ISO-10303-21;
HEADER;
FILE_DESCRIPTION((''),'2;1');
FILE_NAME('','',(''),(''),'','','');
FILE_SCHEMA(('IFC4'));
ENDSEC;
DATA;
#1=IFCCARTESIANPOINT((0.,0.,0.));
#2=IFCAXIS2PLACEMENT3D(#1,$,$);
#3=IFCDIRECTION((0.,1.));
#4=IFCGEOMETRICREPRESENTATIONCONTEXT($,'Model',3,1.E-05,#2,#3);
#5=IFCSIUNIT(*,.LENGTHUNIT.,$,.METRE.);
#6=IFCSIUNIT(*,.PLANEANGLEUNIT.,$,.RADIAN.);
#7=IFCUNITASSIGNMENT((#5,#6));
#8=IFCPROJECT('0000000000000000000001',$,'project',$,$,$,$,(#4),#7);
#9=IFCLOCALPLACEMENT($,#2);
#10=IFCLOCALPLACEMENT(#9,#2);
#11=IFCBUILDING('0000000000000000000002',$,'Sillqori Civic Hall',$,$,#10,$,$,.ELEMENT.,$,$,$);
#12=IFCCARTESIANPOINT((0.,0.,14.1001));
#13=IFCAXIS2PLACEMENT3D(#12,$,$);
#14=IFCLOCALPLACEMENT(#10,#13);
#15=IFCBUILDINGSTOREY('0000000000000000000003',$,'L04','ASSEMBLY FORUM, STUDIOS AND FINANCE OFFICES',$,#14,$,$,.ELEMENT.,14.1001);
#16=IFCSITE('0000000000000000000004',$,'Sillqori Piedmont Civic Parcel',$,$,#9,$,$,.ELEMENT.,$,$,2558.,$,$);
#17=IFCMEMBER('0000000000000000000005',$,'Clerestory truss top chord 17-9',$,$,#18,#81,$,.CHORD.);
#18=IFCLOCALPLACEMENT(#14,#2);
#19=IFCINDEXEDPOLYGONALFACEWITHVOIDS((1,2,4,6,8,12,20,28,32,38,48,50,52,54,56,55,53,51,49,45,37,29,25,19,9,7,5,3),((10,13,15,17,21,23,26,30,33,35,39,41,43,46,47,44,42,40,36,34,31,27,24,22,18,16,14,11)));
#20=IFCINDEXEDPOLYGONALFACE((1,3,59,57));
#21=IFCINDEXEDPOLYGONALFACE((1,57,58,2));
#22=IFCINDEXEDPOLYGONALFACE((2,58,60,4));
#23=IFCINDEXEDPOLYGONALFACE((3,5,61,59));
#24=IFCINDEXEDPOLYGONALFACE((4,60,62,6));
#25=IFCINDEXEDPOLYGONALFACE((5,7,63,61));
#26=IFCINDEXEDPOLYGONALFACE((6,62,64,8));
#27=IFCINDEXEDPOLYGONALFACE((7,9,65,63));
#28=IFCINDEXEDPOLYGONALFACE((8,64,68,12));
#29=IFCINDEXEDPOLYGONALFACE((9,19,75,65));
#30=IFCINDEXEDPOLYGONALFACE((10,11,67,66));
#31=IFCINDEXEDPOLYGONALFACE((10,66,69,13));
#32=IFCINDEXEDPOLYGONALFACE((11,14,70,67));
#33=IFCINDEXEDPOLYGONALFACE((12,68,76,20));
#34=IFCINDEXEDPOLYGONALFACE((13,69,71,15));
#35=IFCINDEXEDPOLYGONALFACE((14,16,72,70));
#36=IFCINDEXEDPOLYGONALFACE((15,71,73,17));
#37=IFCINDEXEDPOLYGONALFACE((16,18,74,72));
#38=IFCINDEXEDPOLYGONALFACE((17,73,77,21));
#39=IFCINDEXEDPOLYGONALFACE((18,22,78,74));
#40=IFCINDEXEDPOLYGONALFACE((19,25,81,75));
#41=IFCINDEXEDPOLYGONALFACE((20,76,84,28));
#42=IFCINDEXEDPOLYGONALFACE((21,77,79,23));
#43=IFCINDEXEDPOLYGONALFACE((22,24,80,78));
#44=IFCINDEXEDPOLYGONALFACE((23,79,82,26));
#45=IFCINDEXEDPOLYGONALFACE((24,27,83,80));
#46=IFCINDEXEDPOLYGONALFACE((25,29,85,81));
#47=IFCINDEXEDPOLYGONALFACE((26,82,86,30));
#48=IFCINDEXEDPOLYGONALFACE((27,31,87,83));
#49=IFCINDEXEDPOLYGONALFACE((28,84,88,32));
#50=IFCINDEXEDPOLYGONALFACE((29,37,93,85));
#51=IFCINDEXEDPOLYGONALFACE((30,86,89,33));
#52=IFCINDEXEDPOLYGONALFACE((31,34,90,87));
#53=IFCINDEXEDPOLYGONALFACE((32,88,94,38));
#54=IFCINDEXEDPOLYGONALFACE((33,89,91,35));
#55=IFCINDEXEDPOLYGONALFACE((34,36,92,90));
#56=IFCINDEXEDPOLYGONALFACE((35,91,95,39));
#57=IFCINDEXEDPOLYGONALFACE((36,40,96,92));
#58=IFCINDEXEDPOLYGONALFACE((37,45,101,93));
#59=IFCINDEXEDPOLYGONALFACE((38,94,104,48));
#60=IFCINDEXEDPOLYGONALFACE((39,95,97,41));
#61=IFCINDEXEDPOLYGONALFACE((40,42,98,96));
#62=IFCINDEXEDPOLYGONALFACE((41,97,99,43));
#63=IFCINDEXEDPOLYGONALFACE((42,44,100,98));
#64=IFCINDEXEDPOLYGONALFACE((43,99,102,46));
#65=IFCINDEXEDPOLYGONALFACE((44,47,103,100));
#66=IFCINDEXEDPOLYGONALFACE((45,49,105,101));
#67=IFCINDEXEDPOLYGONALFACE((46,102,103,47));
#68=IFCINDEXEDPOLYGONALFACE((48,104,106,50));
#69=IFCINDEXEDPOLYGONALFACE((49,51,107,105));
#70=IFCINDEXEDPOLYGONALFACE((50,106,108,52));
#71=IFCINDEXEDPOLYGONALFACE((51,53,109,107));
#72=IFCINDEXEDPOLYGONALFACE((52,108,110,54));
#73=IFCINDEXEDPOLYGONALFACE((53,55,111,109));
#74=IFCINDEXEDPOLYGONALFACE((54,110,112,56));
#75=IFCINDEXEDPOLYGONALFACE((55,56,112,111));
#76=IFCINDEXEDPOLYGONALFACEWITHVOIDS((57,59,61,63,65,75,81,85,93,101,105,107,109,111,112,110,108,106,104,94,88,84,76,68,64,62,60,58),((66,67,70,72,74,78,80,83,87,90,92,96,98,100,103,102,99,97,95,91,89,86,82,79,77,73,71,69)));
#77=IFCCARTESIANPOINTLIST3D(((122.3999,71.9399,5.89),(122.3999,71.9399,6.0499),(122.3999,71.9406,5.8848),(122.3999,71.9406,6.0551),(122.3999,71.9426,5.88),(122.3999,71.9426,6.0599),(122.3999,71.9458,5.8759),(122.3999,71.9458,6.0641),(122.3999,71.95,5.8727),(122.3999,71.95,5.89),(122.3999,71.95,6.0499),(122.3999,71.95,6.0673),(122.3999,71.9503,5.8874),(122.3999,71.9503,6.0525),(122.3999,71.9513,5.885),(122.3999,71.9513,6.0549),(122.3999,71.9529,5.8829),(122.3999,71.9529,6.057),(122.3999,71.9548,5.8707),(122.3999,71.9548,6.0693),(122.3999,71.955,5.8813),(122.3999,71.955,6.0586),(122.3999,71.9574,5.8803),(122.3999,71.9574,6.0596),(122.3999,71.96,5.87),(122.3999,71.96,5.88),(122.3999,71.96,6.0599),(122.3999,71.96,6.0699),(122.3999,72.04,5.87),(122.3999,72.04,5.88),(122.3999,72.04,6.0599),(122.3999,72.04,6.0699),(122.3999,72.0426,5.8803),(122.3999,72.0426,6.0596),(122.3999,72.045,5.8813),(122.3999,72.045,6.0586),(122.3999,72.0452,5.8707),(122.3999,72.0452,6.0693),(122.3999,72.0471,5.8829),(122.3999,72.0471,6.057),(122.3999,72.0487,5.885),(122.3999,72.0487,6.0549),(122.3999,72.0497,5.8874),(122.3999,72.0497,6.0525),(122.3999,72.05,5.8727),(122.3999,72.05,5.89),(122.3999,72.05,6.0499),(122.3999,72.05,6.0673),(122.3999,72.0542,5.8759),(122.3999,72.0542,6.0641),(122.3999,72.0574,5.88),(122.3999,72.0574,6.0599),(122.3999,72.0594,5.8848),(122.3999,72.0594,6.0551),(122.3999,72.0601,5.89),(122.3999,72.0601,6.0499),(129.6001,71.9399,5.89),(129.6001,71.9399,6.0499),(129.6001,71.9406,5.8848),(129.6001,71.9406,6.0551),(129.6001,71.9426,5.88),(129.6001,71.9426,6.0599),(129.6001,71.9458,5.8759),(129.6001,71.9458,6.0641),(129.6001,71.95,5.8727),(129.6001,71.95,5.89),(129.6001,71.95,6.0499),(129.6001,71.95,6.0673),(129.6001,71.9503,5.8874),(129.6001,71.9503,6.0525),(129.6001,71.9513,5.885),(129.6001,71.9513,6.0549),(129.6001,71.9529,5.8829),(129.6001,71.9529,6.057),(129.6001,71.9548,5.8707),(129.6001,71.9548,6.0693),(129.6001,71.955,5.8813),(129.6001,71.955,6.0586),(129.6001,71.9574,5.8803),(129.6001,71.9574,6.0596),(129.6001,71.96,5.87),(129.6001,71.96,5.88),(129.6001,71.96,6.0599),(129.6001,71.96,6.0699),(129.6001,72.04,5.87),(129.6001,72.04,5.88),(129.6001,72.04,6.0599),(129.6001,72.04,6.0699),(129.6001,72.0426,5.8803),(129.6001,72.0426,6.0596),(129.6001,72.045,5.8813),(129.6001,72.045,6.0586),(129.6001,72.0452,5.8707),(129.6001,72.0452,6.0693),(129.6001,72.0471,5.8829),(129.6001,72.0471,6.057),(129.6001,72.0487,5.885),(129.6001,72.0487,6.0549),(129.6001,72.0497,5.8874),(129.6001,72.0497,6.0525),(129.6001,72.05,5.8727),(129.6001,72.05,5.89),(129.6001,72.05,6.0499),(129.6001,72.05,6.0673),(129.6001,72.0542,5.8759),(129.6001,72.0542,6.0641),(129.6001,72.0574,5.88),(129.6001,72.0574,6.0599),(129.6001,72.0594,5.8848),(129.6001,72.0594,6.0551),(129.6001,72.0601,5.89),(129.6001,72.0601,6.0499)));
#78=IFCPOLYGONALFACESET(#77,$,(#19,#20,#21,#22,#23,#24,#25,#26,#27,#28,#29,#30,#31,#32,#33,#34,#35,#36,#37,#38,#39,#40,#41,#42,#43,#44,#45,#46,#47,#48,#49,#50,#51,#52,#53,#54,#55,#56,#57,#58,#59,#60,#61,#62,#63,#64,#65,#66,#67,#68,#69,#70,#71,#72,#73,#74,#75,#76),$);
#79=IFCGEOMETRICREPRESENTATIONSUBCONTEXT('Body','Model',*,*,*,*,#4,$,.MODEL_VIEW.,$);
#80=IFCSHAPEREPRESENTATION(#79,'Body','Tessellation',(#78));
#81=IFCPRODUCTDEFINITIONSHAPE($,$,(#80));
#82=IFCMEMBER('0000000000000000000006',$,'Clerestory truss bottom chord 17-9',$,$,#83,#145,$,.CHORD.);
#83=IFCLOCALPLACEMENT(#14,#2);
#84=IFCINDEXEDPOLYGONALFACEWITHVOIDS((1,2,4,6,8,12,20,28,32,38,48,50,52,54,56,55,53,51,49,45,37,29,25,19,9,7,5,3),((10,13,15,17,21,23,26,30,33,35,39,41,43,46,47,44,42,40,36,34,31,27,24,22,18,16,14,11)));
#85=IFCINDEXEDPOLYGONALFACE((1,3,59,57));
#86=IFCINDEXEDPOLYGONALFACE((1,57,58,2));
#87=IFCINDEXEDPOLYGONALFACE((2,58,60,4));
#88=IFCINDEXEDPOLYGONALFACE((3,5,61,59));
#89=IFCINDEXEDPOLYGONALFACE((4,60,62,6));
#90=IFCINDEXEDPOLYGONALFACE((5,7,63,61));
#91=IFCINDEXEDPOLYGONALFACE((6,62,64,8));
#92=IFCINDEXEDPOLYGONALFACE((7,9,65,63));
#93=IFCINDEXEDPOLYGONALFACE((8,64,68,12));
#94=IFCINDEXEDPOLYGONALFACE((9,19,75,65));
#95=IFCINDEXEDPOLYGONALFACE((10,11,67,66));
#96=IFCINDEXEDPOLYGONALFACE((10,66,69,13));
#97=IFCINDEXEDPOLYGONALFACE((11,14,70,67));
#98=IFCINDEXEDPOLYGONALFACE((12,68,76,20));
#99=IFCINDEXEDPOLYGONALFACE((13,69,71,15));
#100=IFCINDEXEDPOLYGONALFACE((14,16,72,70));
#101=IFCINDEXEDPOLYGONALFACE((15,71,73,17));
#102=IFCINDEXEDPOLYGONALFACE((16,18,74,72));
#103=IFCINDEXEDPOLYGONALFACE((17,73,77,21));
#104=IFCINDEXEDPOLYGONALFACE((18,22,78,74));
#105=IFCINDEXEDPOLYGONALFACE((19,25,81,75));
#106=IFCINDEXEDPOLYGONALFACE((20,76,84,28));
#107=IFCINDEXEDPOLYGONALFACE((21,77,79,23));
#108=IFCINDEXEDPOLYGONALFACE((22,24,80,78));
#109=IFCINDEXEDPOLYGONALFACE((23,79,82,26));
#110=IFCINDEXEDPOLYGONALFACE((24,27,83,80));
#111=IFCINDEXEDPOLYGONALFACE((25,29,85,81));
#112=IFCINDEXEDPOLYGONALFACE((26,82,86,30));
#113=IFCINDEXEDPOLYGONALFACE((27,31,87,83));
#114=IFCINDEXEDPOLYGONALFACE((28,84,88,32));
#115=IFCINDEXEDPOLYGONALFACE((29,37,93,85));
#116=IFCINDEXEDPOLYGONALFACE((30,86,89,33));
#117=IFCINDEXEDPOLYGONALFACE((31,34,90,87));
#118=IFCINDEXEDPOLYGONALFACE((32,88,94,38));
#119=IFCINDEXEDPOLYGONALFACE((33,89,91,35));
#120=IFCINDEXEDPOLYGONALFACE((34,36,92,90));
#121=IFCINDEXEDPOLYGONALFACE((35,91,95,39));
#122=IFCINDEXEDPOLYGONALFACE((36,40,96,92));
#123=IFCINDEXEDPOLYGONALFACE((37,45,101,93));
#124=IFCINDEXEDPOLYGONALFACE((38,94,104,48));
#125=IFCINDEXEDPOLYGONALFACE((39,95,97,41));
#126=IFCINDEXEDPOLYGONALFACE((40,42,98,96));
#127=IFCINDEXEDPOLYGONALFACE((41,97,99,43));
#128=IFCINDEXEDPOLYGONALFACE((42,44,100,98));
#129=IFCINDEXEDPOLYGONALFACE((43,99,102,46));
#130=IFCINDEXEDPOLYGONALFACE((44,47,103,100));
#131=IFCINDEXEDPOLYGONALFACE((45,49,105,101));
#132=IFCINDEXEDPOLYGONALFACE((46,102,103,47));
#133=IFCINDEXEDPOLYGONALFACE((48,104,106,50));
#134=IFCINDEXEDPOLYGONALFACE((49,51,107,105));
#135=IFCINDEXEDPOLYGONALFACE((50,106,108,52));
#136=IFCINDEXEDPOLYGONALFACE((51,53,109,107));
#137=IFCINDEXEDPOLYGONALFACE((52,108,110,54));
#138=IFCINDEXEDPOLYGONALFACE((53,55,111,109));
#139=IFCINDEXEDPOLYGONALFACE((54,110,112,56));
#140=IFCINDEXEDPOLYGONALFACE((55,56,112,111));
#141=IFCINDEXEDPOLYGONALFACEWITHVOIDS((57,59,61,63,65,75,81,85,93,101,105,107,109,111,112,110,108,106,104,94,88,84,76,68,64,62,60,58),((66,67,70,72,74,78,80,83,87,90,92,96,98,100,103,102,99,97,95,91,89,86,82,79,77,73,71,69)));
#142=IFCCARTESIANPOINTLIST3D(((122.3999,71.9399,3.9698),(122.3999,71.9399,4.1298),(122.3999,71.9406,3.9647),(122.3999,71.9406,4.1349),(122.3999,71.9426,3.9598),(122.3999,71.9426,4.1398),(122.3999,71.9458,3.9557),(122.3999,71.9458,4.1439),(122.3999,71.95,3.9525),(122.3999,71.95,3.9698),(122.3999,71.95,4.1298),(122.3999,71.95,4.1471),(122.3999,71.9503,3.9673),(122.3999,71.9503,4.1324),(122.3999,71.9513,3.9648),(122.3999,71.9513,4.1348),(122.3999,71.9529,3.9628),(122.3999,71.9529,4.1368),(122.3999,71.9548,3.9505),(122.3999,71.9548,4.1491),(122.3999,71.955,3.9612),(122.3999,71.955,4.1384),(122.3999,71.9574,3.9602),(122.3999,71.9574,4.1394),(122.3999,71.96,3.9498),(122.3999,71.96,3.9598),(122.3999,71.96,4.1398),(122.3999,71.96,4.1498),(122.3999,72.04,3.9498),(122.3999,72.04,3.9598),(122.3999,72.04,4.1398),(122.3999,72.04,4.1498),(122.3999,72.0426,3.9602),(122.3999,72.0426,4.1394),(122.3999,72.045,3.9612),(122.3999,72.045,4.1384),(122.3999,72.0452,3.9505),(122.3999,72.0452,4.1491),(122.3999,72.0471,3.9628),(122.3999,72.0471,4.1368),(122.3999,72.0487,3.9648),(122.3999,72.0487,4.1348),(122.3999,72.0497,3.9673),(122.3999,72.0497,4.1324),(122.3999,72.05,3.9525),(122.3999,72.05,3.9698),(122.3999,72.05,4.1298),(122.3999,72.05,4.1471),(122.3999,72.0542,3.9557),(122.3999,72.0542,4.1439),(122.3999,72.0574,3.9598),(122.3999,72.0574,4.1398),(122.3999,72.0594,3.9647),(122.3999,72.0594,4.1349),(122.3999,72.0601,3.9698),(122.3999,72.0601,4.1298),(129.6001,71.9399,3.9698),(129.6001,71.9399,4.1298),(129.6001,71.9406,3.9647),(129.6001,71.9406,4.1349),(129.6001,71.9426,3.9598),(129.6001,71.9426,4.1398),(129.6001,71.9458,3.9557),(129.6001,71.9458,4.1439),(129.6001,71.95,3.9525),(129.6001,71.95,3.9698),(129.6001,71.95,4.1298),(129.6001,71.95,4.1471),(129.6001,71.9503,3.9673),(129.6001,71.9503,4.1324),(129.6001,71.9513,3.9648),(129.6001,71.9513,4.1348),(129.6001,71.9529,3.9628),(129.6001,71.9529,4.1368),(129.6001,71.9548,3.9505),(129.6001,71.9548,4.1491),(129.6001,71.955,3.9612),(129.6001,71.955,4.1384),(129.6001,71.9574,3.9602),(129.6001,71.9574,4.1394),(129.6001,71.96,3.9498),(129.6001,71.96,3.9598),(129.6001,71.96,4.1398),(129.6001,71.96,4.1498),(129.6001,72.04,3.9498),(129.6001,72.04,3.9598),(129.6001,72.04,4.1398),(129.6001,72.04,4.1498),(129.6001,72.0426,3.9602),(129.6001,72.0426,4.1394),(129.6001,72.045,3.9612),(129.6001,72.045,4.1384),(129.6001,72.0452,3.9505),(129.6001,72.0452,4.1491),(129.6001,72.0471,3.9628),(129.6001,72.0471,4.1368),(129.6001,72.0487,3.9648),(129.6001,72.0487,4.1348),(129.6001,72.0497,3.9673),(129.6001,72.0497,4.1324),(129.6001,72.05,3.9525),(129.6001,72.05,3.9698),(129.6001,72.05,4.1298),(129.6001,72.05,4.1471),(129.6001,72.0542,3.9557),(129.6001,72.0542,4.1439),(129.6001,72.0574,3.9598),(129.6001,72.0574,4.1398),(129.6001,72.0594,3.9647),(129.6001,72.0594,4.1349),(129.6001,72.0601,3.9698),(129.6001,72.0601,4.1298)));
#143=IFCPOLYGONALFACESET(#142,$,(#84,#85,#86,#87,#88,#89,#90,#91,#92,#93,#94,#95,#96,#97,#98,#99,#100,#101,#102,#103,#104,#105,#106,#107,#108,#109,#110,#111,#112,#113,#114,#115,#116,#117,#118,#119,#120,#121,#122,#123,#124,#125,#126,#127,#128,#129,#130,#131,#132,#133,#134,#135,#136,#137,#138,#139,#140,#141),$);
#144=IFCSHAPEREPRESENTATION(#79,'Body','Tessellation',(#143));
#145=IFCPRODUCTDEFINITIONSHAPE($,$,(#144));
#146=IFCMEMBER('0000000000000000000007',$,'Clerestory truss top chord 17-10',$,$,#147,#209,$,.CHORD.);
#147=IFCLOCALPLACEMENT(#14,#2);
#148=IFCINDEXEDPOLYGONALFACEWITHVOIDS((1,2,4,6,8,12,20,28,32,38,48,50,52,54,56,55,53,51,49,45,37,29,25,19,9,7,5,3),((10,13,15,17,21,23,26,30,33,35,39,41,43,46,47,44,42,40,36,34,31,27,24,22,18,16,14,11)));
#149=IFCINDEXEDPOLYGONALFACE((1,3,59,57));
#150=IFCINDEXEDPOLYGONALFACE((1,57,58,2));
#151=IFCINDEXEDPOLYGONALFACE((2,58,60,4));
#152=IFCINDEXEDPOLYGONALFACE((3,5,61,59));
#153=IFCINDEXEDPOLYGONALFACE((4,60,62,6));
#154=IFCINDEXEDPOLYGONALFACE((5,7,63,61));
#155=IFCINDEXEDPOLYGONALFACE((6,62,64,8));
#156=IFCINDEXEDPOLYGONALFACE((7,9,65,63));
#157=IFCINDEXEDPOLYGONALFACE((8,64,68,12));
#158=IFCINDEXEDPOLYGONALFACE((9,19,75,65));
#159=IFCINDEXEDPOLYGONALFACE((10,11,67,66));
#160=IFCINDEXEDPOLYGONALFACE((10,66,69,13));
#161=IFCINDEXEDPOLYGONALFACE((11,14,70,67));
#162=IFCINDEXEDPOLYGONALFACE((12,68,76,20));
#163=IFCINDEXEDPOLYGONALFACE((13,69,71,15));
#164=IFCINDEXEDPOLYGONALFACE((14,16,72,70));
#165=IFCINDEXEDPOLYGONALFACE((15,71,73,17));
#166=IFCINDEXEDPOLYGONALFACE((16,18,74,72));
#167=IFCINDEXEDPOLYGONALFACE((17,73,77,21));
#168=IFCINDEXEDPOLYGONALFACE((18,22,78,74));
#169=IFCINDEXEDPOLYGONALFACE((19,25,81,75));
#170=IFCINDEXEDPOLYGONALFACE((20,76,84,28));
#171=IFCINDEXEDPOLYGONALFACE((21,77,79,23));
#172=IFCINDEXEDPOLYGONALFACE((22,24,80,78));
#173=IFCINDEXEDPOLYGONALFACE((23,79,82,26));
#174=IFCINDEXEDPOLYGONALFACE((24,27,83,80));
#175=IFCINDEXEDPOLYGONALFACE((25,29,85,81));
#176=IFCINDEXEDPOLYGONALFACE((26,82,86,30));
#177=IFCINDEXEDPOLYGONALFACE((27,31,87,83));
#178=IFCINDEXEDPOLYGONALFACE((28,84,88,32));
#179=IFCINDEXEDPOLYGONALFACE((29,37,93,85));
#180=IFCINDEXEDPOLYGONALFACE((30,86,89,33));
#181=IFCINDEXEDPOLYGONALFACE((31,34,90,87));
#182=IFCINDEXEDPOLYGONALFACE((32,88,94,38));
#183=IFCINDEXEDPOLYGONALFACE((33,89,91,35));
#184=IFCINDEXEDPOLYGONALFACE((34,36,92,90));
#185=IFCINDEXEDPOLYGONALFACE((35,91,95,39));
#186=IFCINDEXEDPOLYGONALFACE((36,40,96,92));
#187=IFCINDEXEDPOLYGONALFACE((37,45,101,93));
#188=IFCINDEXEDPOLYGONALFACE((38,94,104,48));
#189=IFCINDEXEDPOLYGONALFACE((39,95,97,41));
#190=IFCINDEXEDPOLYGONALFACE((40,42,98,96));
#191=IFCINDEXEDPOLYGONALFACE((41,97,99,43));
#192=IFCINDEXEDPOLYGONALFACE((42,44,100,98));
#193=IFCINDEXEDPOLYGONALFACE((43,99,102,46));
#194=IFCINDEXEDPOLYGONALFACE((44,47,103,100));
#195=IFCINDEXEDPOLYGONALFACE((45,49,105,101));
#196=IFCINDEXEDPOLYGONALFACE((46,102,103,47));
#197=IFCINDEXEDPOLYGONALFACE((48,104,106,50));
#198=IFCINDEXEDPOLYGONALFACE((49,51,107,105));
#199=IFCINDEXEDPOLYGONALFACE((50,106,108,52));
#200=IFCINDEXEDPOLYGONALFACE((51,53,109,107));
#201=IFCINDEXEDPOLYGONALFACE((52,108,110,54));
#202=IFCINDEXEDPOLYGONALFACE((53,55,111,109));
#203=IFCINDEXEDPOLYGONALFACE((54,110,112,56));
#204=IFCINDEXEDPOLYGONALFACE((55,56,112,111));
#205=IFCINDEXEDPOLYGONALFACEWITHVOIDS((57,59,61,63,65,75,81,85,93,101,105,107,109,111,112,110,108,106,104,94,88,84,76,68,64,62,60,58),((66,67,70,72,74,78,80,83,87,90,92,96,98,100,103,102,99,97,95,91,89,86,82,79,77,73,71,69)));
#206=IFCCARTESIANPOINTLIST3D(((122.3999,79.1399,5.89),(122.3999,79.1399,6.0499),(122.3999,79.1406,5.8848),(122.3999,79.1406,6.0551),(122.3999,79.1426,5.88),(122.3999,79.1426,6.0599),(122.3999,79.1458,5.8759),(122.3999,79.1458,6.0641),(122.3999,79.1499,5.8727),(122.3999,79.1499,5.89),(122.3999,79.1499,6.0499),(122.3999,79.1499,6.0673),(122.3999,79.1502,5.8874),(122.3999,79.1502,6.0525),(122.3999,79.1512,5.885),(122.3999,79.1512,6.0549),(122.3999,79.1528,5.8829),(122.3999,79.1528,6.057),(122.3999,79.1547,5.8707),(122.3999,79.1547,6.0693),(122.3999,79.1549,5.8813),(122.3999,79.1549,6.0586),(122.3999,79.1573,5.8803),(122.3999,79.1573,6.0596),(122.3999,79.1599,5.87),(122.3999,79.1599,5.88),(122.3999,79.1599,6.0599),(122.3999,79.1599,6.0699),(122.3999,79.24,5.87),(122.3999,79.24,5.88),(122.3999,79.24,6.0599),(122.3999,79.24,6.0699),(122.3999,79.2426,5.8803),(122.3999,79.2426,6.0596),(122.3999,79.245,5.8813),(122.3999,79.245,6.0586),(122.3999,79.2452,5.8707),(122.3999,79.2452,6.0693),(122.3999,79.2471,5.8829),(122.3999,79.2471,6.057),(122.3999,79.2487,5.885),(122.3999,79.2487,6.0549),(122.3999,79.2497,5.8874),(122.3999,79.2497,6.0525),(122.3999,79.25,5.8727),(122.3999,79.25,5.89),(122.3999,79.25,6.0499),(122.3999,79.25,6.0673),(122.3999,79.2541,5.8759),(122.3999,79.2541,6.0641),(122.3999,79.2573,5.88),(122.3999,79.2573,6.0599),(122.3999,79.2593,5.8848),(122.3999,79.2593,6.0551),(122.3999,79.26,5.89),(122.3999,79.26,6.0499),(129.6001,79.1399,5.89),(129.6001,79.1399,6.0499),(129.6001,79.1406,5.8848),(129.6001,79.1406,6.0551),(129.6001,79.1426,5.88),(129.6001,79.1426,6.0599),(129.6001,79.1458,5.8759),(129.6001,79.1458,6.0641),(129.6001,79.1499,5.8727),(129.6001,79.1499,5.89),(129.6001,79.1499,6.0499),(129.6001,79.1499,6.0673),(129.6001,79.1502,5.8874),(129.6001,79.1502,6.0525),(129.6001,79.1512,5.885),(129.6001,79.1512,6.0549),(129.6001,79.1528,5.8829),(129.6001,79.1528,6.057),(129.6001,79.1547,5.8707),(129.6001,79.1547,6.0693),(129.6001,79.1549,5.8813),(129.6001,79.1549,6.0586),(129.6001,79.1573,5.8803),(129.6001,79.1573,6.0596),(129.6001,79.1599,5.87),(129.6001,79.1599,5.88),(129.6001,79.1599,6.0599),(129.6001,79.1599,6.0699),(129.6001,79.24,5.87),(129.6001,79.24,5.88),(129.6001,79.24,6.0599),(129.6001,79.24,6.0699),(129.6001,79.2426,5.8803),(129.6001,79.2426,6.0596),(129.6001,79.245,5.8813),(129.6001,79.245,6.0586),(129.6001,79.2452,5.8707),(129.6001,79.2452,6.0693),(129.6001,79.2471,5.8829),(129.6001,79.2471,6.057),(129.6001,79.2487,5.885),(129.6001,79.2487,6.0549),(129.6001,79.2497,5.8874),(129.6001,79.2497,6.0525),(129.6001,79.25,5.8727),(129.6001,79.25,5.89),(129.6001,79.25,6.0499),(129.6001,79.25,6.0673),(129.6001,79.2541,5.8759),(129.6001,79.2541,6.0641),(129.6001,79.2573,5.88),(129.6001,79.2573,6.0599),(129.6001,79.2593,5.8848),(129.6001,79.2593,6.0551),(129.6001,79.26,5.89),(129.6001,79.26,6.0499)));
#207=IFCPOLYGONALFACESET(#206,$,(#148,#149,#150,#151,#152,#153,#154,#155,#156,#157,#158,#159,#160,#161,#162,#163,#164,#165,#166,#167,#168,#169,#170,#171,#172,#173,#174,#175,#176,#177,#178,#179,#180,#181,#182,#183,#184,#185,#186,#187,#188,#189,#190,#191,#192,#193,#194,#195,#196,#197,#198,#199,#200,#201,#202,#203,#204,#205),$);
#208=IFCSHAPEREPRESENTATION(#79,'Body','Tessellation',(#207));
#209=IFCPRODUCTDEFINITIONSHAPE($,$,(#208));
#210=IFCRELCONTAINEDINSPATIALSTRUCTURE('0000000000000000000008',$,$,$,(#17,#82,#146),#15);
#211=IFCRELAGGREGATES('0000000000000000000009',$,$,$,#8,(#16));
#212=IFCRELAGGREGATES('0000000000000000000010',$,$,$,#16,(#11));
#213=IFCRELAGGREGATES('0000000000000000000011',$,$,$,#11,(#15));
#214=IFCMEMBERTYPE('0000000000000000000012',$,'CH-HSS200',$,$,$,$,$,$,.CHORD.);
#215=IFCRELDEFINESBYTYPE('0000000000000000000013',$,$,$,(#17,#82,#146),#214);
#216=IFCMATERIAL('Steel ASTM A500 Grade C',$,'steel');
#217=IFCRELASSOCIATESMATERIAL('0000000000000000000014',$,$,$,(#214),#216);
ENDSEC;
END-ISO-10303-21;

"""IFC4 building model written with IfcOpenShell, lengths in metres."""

from ifc_helpers import new_model, si_unit, direction, frame, origin, origin_2d, place, context, subcontext, project, spatial, hollow_rectangle, extrude, material, material_profile, profile_set, type_object, element, save


model = new_model("IFC4")

# Units and contexts
model_context = context("Model", 3, precision=1e-05, world=origin(), true_north=direction((0.0, 1.0)))
body_context = subcontext(model_context, "Body", "Model", "MODEL_VIEW")
ifc_project = project(units=[si_unit("LENGTHUNIT", "METRE"), si_unit("PLANEANGLEUNIT", "RADIAN")], contexts=[model_context])

# Site, building, storey
site_placement = place(None, origin())
site = spatial("IfcSite", under=ifc_project, at=site_placement, Name="Sillqori Piedmont Civic Parcel", CompositionType="ELEMENT", RefElevation=2558.0)
building_placement = place(site_placement, origin())
building = spatial("IfcBuilding", under=site, at=building_placement, Name="Sillqori Civic Hall", CompositionType="ELEMENT")
storey_placement = place(building_placement, frame((0.0, 0.0, 14.1001)))
storey = spatial("IfcBuildingStorey", under=building, at=storey_placement, Name="L04", Description="ASSEMBLY FORUM, STUDIOS AND FINANCE OFFICES", CompositionType="ELEMENT", Elevation=14.1001)

# Members
ifc_material_1 = material(Name="Steel ASTM A500 Grade C", Category="steel")
ifc_material_profile_1 = material_profile(ifc_material_1, hollow_rectangle(XDim=0.1201, YDim=0.2, WallThickness=0.01, InnerFilletRadius=0.01, OuterFilletRadius=0.02, at=origin_2d()), Name="HSS200X120X10")
ifc_profile_set_1 = profile_set([ifc_material_profile_1], Name="Steel ASTM A500 Grade C")
member_type_1 = type_object("IfcMemberType", Name="CH-HSS200", PredefinedType="CHORD", material=ifc_profile_set_1)
for number, where, z_axis, x_axis, name in (
    (1, (122.3999, 72.0, 5.97), (1.0, 0.0, 0.0), (0.0, 1.0, 0.0), "Clerestory truss top chord 17-9"),
    (2, (122.3999, 72.0, 4.0498), (1.0, 0.0, 0.0), (0.0, 1.0, 0.0), "Clerestory truss bottom chord 17-9"),
    (3, (122.3999, 79.2, 5.97), (1.0, 0.0, 0.0), (0.0, 1.0, 0.0), "Clerestory truss top chord 17-10"),
):
    element("IfcMember", number, at=place(storey_placement, frame(where, z_axis=z_axis, x_axis=x_axis)), inside=storey, type_object=member_type_1, Name=name, PredefinedType="CHORD", context=body_context, shape_type="SweptSolid", body=[
        extrude(hollow_rectangle(XDim=0.1201, YDim=0.2, WallThickness=0.01, InnerFilletRadius=0.01, OuterFilletRadius=0.02, at=origin_2d()), origin(), (0.0, 0.0, 1.0), 7.2002),
    ])

save(model, "model.ifc")
